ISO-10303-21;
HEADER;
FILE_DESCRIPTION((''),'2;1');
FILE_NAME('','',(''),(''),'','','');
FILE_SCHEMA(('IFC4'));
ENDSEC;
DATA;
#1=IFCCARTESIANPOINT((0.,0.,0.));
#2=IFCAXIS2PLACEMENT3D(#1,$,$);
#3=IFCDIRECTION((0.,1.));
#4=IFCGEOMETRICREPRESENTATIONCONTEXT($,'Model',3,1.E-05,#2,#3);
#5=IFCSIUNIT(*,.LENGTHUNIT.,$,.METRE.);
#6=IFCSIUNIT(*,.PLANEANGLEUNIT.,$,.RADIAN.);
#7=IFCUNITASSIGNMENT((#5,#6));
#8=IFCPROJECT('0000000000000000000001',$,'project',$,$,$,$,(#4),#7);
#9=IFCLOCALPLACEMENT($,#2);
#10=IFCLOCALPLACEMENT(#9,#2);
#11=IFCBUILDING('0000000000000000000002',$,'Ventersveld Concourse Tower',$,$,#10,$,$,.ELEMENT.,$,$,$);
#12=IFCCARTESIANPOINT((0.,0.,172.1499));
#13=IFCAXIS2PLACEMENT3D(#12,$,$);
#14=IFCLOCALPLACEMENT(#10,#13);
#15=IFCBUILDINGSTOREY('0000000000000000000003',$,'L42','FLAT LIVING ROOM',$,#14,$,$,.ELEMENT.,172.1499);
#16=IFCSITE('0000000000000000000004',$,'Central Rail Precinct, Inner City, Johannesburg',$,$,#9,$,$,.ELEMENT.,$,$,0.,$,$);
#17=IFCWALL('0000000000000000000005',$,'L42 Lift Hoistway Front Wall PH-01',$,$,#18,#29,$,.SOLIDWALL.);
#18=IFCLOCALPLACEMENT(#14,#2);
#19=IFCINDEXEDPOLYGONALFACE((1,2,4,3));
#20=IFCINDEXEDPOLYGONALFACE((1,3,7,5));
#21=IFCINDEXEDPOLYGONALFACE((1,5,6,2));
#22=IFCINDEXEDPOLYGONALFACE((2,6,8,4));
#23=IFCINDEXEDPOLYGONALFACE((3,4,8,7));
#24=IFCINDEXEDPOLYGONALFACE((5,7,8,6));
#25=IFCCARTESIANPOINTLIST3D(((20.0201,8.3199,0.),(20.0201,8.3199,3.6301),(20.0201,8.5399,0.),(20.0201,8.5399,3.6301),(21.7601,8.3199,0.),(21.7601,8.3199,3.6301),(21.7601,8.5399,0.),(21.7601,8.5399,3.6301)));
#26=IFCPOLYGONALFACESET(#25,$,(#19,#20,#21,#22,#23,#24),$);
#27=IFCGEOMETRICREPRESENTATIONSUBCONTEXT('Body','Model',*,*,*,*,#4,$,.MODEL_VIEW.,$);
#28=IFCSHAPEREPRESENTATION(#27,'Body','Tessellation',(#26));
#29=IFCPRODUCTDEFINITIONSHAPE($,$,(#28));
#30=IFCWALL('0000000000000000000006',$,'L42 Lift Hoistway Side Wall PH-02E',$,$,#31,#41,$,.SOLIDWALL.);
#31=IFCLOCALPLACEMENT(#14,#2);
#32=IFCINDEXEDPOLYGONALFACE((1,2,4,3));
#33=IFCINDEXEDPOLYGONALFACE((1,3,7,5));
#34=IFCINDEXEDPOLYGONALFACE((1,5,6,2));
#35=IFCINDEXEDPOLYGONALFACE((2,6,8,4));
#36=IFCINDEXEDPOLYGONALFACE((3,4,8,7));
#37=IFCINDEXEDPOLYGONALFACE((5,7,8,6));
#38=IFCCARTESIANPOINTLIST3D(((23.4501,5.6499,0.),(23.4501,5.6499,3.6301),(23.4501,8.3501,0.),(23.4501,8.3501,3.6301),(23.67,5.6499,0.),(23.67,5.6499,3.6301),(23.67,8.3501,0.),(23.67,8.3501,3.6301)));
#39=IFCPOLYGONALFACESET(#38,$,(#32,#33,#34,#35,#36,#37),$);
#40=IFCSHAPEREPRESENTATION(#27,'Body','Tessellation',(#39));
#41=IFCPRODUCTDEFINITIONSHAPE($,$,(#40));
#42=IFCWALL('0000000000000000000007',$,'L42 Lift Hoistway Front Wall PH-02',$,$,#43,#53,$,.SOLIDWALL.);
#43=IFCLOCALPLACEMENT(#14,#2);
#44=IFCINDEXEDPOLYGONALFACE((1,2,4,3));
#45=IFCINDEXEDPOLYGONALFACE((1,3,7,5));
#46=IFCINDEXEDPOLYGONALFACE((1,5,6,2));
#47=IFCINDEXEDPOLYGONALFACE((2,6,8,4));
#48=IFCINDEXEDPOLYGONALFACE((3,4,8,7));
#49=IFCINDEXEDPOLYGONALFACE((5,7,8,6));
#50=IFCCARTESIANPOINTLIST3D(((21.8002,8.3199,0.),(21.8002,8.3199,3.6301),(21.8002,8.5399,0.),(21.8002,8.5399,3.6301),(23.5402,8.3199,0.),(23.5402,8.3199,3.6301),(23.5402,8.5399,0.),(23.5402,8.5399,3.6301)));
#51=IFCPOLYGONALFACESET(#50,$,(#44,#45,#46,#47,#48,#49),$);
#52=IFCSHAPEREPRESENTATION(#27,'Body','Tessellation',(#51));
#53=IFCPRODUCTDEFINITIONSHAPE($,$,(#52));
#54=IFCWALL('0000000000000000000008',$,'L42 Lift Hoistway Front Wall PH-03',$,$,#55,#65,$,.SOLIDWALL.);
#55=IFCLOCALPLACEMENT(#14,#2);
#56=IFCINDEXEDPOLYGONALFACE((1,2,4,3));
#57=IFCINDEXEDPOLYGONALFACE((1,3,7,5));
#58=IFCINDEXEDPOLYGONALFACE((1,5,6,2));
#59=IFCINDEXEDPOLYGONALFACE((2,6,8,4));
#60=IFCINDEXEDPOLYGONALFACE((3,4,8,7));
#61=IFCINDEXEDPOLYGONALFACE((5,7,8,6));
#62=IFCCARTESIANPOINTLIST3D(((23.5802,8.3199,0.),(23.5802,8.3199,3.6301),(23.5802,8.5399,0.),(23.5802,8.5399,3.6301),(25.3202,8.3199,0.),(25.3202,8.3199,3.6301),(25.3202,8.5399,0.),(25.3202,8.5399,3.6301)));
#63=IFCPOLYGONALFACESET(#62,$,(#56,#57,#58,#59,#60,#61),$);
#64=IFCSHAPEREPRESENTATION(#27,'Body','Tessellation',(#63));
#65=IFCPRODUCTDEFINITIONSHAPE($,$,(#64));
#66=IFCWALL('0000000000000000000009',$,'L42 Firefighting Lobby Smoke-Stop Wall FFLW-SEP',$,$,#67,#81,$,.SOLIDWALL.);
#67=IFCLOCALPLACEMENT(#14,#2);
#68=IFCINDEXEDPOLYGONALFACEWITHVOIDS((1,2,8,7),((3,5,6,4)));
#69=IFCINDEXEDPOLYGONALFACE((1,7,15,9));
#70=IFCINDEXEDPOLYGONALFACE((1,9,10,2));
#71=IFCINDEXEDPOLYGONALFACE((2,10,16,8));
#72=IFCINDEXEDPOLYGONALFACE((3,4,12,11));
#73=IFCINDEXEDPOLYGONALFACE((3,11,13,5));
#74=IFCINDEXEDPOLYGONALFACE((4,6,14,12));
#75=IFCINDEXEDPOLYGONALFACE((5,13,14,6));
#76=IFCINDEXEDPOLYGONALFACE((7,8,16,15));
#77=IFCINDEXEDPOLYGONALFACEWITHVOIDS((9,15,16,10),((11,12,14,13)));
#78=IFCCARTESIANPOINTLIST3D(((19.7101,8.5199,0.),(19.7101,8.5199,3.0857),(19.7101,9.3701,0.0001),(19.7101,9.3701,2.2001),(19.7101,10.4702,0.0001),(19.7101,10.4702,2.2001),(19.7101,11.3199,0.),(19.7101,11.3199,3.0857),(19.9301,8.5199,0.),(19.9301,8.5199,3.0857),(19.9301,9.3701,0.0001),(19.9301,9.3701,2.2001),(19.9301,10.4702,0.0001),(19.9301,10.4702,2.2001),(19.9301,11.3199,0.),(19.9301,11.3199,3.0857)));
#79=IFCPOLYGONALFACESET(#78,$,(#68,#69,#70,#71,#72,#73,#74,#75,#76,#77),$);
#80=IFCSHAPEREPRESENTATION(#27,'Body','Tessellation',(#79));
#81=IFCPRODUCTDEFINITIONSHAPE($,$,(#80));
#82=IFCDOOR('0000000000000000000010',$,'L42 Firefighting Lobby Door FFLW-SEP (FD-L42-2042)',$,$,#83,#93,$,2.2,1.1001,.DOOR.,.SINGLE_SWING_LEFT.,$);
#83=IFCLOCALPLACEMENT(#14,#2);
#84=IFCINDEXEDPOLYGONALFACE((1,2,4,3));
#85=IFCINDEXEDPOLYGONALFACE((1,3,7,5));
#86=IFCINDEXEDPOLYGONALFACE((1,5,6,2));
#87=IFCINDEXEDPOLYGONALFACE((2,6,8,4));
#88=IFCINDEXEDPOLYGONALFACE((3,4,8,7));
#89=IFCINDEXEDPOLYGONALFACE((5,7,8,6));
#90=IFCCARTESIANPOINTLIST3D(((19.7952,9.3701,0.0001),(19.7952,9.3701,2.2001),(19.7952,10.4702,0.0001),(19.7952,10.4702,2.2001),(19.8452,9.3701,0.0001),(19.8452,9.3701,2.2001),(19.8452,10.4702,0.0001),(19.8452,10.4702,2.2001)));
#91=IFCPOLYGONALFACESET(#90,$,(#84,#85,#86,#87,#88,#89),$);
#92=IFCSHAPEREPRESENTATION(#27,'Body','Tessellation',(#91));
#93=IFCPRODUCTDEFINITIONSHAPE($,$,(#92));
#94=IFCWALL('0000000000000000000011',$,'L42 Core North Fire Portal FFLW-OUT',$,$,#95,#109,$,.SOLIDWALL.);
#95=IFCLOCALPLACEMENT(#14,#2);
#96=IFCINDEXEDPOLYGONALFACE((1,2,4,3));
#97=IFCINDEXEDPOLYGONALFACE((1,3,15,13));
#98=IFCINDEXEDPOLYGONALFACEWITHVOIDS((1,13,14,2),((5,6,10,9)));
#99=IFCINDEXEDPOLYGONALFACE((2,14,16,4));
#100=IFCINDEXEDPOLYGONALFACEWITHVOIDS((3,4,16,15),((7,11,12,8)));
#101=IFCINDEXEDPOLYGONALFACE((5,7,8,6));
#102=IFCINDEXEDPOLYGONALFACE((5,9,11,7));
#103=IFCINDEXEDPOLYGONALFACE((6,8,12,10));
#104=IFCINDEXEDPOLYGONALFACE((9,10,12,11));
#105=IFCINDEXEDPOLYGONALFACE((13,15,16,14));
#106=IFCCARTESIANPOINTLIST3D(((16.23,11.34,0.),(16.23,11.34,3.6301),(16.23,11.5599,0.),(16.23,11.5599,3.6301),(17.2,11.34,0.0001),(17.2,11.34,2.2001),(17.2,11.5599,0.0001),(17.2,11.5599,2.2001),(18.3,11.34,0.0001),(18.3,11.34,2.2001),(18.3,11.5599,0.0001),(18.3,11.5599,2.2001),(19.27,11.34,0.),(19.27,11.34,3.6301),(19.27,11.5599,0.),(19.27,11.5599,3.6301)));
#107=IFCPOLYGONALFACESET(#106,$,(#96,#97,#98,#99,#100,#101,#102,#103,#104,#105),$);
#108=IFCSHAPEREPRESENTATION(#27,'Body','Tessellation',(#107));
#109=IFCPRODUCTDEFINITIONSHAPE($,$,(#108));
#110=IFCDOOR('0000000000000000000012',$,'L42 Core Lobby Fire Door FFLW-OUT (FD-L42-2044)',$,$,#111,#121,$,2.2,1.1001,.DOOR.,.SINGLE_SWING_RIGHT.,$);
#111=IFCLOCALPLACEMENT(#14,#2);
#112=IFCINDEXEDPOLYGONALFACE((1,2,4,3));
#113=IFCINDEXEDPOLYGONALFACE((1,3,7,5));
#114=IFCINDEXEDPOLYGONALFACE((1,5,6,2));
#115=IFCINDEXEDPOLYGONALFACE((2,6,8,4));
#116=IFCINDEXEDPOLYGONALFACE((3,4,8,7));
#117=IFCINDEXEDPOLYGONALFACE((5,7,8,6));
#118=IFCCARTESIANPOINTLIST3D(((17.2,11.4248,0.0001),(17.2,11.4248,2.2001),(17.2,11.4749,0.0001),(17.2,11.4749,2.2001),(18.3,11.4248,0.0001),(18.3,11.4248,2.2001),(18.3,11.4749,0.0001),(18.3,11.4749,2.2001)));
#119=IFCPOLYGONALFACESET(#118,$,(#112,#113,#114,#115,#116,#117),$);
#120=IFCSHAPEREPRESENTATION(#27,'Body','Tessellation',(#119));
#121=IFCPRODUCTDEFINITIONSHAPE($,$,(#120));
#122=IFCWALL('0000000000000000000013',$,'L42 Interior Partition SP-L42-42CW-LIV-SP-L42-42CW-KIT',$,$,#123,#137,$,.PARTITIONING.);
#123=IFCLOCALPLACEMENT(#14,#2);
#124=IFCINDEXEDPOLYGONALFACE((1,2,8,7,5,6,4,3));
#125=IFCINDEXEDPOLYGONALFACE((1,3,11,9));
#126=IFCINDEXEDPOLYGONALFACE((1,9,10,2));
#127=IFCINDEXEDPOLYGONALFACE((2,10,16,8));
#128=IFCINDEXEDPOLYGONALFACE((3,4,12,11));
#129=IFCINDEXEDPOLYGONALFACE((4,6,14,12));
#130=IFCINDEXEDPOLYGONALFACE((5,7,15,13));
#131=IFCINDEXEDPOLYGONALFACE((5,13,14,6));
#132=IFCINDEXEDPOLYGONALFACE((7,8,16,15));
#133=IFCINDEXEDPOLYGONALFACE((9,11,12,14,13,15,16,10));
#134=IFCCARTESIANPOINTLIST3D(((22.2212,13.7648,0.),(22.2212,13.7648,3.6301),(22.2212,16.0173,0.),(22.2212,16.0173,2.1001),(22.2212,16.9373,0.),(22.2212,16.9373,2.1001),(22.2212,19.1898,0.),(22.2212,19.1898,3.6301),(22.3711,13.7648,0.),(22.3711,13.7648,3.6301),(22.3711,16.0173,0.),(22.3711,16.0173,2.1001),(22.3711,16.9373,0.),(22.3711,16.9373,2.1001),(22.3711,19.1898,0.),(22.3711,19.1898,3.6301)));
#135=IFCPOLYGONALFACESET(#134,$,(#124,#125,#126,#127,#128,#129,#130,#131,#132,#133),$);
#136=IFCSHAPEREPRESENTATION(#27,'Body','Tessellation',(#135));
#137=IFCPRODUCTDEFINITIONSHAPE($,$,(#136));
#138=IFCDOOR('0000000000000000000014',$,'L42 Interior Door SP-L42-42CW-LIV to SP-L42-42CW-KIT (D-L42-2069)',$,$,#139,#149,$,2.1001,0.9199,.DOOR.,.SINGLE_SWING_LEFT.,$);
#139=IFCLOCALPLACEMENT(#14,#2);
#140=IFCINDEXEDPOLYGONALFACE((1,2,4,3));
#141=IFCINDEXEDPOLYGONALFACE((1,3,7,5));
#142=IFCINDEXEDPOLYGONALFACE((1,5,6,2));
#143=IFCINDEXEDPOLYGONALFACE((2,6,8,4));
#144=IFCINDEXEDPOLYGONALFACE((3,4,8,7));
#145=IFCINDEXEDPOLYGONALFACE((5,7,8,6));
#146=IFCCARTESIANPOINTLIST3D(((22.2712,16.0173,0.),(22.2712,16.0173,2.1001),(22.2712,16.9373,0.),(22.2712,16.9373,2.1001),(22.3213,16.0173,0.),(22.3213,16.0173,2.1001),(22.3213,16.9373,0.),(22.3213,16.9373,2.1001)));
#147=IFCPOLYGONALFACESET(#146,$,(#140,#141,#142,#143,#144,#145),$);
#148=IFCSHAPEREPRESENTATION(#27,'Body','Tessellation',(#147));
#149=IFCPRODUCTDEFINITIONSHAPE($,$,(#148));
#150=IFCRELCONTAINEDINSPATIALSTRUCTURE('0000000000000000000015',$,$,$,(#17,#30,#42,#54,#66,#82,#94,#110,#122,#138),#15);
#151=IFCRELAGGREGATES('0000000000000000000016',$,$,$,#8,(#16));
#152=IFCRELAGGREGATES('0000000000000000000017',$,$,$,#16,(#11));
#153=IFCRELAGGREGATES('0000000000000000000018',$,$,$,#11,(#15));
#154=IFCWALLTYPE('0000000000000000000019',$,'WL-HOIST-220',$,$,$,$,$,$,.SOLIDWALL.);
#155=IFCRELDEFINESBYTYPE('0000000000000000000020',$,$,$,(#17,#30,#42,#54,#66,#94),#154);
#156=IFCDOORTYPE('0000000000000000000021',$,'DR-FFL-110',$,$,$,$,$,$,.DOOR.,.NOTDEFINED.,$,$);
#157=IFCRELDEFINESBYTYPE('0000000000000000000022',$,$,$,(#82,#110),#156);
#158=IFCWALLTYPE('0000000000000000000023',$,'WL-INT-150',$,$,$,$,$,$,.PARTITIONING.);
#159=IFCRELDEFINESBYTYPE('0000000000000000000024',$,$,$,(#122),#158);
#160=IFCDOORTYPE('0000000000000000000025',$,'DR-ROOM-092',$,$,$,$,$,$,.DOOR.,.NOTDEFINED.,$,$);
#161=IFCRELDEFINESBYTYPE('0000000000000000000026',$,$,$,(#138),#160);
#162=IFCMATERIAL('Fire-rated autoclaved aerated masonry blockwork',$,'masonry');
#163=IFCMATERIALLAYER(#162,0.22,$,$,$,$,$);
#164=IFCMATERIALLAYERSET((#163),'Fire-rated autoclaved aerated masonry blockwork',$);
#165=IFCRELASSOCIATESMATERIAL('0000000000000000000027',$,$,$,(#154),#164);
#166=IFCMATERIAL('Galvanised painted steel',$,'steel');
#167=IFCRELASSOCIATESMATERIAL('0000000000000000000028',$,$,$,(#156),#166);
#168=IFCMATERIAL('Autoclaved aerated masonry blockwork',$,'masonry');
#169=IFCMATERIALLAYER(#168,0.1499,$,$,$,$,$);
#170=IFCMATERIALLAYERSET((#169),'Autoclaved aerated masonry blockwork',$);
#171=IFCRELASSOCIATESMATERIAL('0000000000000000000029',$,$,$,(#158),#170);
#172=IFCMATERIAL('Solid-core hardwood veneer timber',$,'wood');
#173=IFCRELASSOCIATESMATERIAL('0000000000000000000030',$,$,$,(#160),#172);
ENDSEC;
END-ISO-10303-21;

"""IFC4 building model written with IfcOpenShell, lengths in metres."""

from ifc_helpers import new_model, si_unit, direction, frame, frame_2d, origin, place, context, subcontext, project, spatial, rectangle, extrude, material, layer, layer_set, type_object, element, fill, save


model = new_model("IFC4")

# Units and contexts
model_context = context("Model", 3, precision=1e-05, world=origin(), true_north=direction((0.0, 1.0)))
body_context = subcontext(model_context, "Body", "Model", "MODEL_VIEW")
ifc_project = project(units=[si_unit("LENGTHUNIT", "METRE"), si_unit("PLANEANGLEUNIT", "RADIAN")], contexts=[model_context])

# Site, building, storey
site_placement = place(None, origin())
site = spatial("IfcSite", under=ifc_project, at=site_placement, Name="Central Rail Precinct, Inner City, Johannesburg", CompositionType="ELEMENT", RefElevation=0.0)
building_placement = place(site_placement, origin())
building = spatial("IfcBuilding", under=site, at=building_placement, Name="Ventersveld Concourse Tower", CompositionType="ELEMENT")
storey_placement = place(building_placement, frame((0.0, 0.0, 172.1499)))
storey = spatial("IfcBuildingStorey", under=building, at=storey_placement, Name="L42", Description="FLAT LIVING ROOM", CompositionType="ELEMENT", Elevation=172.1499)

# Shared definitions
ifc_material_1 = material(Name="Fire-rated autoclaved aerated masonry blockwork", Category="masonry")
ifc_material_2 = material(Name="Solid-core hardwood veneer timber", Category="wood")

# Shared definitions
ifc_layer_1 = layer(ifc_material_1, 0.22)
ifc_layer_set_1 = layer_set([ifc_layer_1], Name="Fire-rated autoclaved aerated masonry blockwork")
wall_type_1 = type_object("IfcWallType", Name="WL-HOIST-220", PredefinedType="SOLIDWALL", material=ifc_layer_set_1)

# Walls
wall_1_placement = place(storey_placement, frame((20.02, 8.4299, 0.0), z_axis=(0.0, 0.0, 1.0), x_axis=(1.0, 0.0, 0.0)))
element("IfcWall", 1, at=wall_1_placement, inside=storey, type_object=wall_type_1, Name="L42 Lift Hoistway Front Wall PH-01", PredefinedType="SOLIDWALL", context=body_context, shape_type="SweptSolid", body=[
    extrude(rectangle(XDim=1.74, YDim=0.22, at=frame_2d((0.8701, 0.0))), origin(), (0.0, 0.0, 1.0), 3.6301),
])
wall_2_placement = place(storey_placement, frame((23.5601, 5.6499, 0.0), z_axis=(0.0, 0.0, 1.0), x_axis=(0.0, 1.0, 0.0)))
element("IfcWall", 2, at=wall_2_placement, inside=storey, type_object=wall_type_1, Name="L42 Lift Hoistway Side Wall PH-02E", PredefinedType="SOLIDWALL", context=body_context, shape_type="SweptSolid", body=[
    extrude(rectangle(XDim=2.7002, YDim=0.22, at=frame_2d((1.3501, 0.0))), origin(), (0.0, 0.0, 1.0), 3.6301),
])
for number, where, z_axis, x_axis, name in (
    (3, (21.8, 8.4299, 0.0), (0.0, 0.0, 1.0), (1.0, 0.0, 0.0), "L42 Lift Hoistway Front Wall PH-02"),
    (4, (23.5801, 8.4299, 0.0), (0.0, 0.0, 1.0), (1.0, 0.0, 0.0), "L42 Lift Hoistway Front Wall PH-03"),
):
    element("IfcWall", number, at=place(storey_placement, frame(where, z_axis=z_axis, x_axis=x_axis)), inside=storey, type_object=wall_type_1, Name=name, PredefinedType="SOLIDWALL", context=body_context, shape_type="SweptSolid", body=[
        extrude(rectangle(XDim=1.74, YDim=0.22, at=frame_2d((0.8701, 0.0))), origin(), (0.0, 0.0, 1.0), 3.6301),
    ])

# Walls, openings, doors
wall_3_placement = place(storey_placement, frame((19.8201, 8.52, 0.0), z_axis=(0.0, 0.0, 1.0), x_axis=(0.0, 1.0, 0.0)))
wall_3 = element("IfcWall", 5, at=wall_3_placement, inside=storey, type_object=wall_type_1, Name="L42 Firefighting Lobby Smoke-Stop Wall FFLW-SEP", PredefinedType="SOLIDWALL", context=body_context, shape_type="SweptSolid", body=[
    extrude(rectangle(XDim=2.8, YDim=0.22, at=frame_2d((1.3999, 0.0))), origin(), (0.0, 0.0, 1.0), 3.0857),
])
opening_1_placement = place(wall_3_placement, frame((0.8501, 0.0, 0.0)))
opening_1 = element("IfcOpeningElement", 6, at=opening_1_placement, cuts=wall_3, PredefinedType="OPENING", context=body_context, shape_type="SweptSolid", body=[
    extrude(rectangle(XDim=1.1001, YDim=2.2, at=frame_2d((0.55, 1.1001))), frame((0.0, 0.1201, 0.0), z_axis=(0.0, -1.0, 0.0), x_axis=(1.0, 0.0, 0.0)), (0.0, 0.0, 1.0), 0.24),
])
ifc_material_3 = material(Name="Galvanised painted steel", Category="steel")
door_type_1 = type_object("IfcDoorType", Name="DR-FFL-110", OperationType="NOTDEFINED", PredefinedType="DOOR", material=ifc_material_3)
door_1_placement = place(opening_1_placement, origin())
door_1 = element("IfcDoor", 7, at=door_1_placement, inside=storey, type_object=door_type_1, Name="L42 Firefighting Lobby Door FFLW-SEP (FD-L42-2042)", OperationType="SINGLE_SWING_LEFT", OverallHeight=2.2, OverallWidth=1.1001, PredefinedType="DOOR", context=body_context, shape_type="SweptSolid", body=[
    extrude(rectangle(XDim=1.1001, YDim=2.2, at=frame_2d((0.55, 1.1001))), frame((0.0, 0.0249, 0.0), z_axis=(0.0, -1.0, 0.0), x_axis=(1.0, 0.0, 0.0)), (0.0, 0.0, 1.0), 0.05),
])
fill(opening_1, door_1)
wall_4_placement = place(storey_placement, frame((16.23, 11.45, 0.0), z_axis=(0.0, 0.0, 1.0), x_axis=(1.0, 0.0, 0.0)))
wall_4 = element("IfcWall", 8, at=wall_4_placement, inside=storey, type_object=wall_type_1, Name="L42 Core North Fire Portal FFLW-OUT", PredefinedType="SOLIDWALL", context=body_context, shape_type="SweptSolid", body=[
    extrude(rectangle(XDim=3.04, YDim=0.22, at=frame_2d((1.52, 0.0))), origin(), (0.0, 0.0, 1.0), 3.6301),
])
opening_2_placement = place(wall_4_placement, frame((0.97, 0.0, 0.0)))
opening_2 = element("IfcOpeningElement", 9, at=opening_2_placement, cuts=wall_4, PredefinedType="OPENING", context=body_context, shape_type="SweptSolid", body=[
    extrude(rectangle(XDim=1.1001, YDim=2.2, at=frame_2d((0.55, 1.1001))), frame((0.0, 0.1201, 0.0), z_axis=(0.0, -1.0, 0.0), x_axis=(1.0, 0.0, 0.0)), (0.0, 0.0, 1.0), 0.24),
])
door_2_placement = place(opening_2_placement, origin())
door_2 = element("IfcDoor", 10, at=door_2_placement, inside=storey, type_object=door_type_1, Name="L42 Core Lobby Fire Door FFLW-OUT (FD-L42-2044)", OperationType="SINGLE_SWING_RIGHT", OverallHeight=2.2, OverallWidth=1.1001, PredefinedType="DOOR", context=body_context, shape_type="SweptSolid", body=[
    extrude(rectangle(XDim=1.1001, YDim=2.2, at=frame_2d((0.55, 1.1001))), frame((0.0, 0.0249, 0.0), z_axis=(0.0, -1.0, 0.0), x_axis=(1.0, 0.0, 0.0)), (0.0, 0.0, 1.0), 0.05),
])
fill(opening_2, door_2)
ifc_material_4 = material(Name="Autoclaved aerated masonry blockwork", Category="masonry")
ifc_layer_2 = layer(ifc_material_4, 0.1499)
ifc_layer_set_2 = layer_set([ifc_layer_2], Name="Autoclaved aerated masonry blockwork")
wall_type_2 = type_object("IfcWallType", Name="WL-INT-150", PredefinedType="PARTITIONING", material=ifc_layer_set_2)
wall_5_placement = place(storey_placement, frame((22.2961, 13.7649, 0.0), z_axis=(0.0, 0.0, 1.0), x_axis=(0.0, 1.0, 0.0)))
wall_5 = element("IfcWall", 11, at=wall_5_placement, inside=storey, type_object=wall_type_2, Name="L42 Interior Partition SP-L42-42CW-LIV-SP-L42-42CW-KIT", PredefinedType="PARTITIONING", context=body_context, shape_type="SweptSolid", body=[
    extrude(rectangle(XDim=5.425, YDim=0.1499, at=frame_2d((2.7124, 0.0))), origin(), (0.0, 0.0, 1.0), 3.6301),
])
opening_3_placement = place(wall_5_placement, frame((2.2524, 0.0, 0.0)))
opening_3 = element("IfcOpeningElement", 12, at=opening_3_placement, cuts=wall_5, PredefinedType="OPENING", context=body_context, shape_type="SweptSolid", body=[
    extrude(rectangle(XDim=0.9199, YDim=2.1001, at=frame_2d((0.46, 1.05))), frame((0.0, 0.085, 0.0), z_axis=(0.0, -1.0, 0.0), x_axis=(1.0, 0.0, 0.0)), (0.0, 0.0, 1.0), 0.1699),
])
door_type_2 = type_object("IfcDoorType", Name="DR-ROOM-092", OperationType="NOTDEFINED", PredefinedType="DOOR", material=ifc_material_2)
door_3_placement = place(opening_3_placement, origin())
door_3 = element("IfcDoor", 13, at=door_3_placement, inside=storey, type_object=door_type_2, Name="L42 Interior Door SP-L42-42CW-LIV to SP-L42-42CW-KIT (D-L42-2069)", OperationType="SINGLE_SWING_LEFT", OverallHeight=2.1001, OverallWidth=0.9199, PredefinedType="DOOR", context=body_context, shape_type="SweptSolid", body=[
    extrude(rectangle(XDim=0.9199, YDim=2.1001, at=frame_2d((0.46, 1.05))), frame((0.0, 0.0249, 0.0), z_axis=(0.0, -1.0, 0.0), x_axis=(1.0, 0.0, 0.0)), (0.0, 0.0, 1.0), 0.05),
])
fill(opening_3, door_3)

save(model, "model.ifc")
